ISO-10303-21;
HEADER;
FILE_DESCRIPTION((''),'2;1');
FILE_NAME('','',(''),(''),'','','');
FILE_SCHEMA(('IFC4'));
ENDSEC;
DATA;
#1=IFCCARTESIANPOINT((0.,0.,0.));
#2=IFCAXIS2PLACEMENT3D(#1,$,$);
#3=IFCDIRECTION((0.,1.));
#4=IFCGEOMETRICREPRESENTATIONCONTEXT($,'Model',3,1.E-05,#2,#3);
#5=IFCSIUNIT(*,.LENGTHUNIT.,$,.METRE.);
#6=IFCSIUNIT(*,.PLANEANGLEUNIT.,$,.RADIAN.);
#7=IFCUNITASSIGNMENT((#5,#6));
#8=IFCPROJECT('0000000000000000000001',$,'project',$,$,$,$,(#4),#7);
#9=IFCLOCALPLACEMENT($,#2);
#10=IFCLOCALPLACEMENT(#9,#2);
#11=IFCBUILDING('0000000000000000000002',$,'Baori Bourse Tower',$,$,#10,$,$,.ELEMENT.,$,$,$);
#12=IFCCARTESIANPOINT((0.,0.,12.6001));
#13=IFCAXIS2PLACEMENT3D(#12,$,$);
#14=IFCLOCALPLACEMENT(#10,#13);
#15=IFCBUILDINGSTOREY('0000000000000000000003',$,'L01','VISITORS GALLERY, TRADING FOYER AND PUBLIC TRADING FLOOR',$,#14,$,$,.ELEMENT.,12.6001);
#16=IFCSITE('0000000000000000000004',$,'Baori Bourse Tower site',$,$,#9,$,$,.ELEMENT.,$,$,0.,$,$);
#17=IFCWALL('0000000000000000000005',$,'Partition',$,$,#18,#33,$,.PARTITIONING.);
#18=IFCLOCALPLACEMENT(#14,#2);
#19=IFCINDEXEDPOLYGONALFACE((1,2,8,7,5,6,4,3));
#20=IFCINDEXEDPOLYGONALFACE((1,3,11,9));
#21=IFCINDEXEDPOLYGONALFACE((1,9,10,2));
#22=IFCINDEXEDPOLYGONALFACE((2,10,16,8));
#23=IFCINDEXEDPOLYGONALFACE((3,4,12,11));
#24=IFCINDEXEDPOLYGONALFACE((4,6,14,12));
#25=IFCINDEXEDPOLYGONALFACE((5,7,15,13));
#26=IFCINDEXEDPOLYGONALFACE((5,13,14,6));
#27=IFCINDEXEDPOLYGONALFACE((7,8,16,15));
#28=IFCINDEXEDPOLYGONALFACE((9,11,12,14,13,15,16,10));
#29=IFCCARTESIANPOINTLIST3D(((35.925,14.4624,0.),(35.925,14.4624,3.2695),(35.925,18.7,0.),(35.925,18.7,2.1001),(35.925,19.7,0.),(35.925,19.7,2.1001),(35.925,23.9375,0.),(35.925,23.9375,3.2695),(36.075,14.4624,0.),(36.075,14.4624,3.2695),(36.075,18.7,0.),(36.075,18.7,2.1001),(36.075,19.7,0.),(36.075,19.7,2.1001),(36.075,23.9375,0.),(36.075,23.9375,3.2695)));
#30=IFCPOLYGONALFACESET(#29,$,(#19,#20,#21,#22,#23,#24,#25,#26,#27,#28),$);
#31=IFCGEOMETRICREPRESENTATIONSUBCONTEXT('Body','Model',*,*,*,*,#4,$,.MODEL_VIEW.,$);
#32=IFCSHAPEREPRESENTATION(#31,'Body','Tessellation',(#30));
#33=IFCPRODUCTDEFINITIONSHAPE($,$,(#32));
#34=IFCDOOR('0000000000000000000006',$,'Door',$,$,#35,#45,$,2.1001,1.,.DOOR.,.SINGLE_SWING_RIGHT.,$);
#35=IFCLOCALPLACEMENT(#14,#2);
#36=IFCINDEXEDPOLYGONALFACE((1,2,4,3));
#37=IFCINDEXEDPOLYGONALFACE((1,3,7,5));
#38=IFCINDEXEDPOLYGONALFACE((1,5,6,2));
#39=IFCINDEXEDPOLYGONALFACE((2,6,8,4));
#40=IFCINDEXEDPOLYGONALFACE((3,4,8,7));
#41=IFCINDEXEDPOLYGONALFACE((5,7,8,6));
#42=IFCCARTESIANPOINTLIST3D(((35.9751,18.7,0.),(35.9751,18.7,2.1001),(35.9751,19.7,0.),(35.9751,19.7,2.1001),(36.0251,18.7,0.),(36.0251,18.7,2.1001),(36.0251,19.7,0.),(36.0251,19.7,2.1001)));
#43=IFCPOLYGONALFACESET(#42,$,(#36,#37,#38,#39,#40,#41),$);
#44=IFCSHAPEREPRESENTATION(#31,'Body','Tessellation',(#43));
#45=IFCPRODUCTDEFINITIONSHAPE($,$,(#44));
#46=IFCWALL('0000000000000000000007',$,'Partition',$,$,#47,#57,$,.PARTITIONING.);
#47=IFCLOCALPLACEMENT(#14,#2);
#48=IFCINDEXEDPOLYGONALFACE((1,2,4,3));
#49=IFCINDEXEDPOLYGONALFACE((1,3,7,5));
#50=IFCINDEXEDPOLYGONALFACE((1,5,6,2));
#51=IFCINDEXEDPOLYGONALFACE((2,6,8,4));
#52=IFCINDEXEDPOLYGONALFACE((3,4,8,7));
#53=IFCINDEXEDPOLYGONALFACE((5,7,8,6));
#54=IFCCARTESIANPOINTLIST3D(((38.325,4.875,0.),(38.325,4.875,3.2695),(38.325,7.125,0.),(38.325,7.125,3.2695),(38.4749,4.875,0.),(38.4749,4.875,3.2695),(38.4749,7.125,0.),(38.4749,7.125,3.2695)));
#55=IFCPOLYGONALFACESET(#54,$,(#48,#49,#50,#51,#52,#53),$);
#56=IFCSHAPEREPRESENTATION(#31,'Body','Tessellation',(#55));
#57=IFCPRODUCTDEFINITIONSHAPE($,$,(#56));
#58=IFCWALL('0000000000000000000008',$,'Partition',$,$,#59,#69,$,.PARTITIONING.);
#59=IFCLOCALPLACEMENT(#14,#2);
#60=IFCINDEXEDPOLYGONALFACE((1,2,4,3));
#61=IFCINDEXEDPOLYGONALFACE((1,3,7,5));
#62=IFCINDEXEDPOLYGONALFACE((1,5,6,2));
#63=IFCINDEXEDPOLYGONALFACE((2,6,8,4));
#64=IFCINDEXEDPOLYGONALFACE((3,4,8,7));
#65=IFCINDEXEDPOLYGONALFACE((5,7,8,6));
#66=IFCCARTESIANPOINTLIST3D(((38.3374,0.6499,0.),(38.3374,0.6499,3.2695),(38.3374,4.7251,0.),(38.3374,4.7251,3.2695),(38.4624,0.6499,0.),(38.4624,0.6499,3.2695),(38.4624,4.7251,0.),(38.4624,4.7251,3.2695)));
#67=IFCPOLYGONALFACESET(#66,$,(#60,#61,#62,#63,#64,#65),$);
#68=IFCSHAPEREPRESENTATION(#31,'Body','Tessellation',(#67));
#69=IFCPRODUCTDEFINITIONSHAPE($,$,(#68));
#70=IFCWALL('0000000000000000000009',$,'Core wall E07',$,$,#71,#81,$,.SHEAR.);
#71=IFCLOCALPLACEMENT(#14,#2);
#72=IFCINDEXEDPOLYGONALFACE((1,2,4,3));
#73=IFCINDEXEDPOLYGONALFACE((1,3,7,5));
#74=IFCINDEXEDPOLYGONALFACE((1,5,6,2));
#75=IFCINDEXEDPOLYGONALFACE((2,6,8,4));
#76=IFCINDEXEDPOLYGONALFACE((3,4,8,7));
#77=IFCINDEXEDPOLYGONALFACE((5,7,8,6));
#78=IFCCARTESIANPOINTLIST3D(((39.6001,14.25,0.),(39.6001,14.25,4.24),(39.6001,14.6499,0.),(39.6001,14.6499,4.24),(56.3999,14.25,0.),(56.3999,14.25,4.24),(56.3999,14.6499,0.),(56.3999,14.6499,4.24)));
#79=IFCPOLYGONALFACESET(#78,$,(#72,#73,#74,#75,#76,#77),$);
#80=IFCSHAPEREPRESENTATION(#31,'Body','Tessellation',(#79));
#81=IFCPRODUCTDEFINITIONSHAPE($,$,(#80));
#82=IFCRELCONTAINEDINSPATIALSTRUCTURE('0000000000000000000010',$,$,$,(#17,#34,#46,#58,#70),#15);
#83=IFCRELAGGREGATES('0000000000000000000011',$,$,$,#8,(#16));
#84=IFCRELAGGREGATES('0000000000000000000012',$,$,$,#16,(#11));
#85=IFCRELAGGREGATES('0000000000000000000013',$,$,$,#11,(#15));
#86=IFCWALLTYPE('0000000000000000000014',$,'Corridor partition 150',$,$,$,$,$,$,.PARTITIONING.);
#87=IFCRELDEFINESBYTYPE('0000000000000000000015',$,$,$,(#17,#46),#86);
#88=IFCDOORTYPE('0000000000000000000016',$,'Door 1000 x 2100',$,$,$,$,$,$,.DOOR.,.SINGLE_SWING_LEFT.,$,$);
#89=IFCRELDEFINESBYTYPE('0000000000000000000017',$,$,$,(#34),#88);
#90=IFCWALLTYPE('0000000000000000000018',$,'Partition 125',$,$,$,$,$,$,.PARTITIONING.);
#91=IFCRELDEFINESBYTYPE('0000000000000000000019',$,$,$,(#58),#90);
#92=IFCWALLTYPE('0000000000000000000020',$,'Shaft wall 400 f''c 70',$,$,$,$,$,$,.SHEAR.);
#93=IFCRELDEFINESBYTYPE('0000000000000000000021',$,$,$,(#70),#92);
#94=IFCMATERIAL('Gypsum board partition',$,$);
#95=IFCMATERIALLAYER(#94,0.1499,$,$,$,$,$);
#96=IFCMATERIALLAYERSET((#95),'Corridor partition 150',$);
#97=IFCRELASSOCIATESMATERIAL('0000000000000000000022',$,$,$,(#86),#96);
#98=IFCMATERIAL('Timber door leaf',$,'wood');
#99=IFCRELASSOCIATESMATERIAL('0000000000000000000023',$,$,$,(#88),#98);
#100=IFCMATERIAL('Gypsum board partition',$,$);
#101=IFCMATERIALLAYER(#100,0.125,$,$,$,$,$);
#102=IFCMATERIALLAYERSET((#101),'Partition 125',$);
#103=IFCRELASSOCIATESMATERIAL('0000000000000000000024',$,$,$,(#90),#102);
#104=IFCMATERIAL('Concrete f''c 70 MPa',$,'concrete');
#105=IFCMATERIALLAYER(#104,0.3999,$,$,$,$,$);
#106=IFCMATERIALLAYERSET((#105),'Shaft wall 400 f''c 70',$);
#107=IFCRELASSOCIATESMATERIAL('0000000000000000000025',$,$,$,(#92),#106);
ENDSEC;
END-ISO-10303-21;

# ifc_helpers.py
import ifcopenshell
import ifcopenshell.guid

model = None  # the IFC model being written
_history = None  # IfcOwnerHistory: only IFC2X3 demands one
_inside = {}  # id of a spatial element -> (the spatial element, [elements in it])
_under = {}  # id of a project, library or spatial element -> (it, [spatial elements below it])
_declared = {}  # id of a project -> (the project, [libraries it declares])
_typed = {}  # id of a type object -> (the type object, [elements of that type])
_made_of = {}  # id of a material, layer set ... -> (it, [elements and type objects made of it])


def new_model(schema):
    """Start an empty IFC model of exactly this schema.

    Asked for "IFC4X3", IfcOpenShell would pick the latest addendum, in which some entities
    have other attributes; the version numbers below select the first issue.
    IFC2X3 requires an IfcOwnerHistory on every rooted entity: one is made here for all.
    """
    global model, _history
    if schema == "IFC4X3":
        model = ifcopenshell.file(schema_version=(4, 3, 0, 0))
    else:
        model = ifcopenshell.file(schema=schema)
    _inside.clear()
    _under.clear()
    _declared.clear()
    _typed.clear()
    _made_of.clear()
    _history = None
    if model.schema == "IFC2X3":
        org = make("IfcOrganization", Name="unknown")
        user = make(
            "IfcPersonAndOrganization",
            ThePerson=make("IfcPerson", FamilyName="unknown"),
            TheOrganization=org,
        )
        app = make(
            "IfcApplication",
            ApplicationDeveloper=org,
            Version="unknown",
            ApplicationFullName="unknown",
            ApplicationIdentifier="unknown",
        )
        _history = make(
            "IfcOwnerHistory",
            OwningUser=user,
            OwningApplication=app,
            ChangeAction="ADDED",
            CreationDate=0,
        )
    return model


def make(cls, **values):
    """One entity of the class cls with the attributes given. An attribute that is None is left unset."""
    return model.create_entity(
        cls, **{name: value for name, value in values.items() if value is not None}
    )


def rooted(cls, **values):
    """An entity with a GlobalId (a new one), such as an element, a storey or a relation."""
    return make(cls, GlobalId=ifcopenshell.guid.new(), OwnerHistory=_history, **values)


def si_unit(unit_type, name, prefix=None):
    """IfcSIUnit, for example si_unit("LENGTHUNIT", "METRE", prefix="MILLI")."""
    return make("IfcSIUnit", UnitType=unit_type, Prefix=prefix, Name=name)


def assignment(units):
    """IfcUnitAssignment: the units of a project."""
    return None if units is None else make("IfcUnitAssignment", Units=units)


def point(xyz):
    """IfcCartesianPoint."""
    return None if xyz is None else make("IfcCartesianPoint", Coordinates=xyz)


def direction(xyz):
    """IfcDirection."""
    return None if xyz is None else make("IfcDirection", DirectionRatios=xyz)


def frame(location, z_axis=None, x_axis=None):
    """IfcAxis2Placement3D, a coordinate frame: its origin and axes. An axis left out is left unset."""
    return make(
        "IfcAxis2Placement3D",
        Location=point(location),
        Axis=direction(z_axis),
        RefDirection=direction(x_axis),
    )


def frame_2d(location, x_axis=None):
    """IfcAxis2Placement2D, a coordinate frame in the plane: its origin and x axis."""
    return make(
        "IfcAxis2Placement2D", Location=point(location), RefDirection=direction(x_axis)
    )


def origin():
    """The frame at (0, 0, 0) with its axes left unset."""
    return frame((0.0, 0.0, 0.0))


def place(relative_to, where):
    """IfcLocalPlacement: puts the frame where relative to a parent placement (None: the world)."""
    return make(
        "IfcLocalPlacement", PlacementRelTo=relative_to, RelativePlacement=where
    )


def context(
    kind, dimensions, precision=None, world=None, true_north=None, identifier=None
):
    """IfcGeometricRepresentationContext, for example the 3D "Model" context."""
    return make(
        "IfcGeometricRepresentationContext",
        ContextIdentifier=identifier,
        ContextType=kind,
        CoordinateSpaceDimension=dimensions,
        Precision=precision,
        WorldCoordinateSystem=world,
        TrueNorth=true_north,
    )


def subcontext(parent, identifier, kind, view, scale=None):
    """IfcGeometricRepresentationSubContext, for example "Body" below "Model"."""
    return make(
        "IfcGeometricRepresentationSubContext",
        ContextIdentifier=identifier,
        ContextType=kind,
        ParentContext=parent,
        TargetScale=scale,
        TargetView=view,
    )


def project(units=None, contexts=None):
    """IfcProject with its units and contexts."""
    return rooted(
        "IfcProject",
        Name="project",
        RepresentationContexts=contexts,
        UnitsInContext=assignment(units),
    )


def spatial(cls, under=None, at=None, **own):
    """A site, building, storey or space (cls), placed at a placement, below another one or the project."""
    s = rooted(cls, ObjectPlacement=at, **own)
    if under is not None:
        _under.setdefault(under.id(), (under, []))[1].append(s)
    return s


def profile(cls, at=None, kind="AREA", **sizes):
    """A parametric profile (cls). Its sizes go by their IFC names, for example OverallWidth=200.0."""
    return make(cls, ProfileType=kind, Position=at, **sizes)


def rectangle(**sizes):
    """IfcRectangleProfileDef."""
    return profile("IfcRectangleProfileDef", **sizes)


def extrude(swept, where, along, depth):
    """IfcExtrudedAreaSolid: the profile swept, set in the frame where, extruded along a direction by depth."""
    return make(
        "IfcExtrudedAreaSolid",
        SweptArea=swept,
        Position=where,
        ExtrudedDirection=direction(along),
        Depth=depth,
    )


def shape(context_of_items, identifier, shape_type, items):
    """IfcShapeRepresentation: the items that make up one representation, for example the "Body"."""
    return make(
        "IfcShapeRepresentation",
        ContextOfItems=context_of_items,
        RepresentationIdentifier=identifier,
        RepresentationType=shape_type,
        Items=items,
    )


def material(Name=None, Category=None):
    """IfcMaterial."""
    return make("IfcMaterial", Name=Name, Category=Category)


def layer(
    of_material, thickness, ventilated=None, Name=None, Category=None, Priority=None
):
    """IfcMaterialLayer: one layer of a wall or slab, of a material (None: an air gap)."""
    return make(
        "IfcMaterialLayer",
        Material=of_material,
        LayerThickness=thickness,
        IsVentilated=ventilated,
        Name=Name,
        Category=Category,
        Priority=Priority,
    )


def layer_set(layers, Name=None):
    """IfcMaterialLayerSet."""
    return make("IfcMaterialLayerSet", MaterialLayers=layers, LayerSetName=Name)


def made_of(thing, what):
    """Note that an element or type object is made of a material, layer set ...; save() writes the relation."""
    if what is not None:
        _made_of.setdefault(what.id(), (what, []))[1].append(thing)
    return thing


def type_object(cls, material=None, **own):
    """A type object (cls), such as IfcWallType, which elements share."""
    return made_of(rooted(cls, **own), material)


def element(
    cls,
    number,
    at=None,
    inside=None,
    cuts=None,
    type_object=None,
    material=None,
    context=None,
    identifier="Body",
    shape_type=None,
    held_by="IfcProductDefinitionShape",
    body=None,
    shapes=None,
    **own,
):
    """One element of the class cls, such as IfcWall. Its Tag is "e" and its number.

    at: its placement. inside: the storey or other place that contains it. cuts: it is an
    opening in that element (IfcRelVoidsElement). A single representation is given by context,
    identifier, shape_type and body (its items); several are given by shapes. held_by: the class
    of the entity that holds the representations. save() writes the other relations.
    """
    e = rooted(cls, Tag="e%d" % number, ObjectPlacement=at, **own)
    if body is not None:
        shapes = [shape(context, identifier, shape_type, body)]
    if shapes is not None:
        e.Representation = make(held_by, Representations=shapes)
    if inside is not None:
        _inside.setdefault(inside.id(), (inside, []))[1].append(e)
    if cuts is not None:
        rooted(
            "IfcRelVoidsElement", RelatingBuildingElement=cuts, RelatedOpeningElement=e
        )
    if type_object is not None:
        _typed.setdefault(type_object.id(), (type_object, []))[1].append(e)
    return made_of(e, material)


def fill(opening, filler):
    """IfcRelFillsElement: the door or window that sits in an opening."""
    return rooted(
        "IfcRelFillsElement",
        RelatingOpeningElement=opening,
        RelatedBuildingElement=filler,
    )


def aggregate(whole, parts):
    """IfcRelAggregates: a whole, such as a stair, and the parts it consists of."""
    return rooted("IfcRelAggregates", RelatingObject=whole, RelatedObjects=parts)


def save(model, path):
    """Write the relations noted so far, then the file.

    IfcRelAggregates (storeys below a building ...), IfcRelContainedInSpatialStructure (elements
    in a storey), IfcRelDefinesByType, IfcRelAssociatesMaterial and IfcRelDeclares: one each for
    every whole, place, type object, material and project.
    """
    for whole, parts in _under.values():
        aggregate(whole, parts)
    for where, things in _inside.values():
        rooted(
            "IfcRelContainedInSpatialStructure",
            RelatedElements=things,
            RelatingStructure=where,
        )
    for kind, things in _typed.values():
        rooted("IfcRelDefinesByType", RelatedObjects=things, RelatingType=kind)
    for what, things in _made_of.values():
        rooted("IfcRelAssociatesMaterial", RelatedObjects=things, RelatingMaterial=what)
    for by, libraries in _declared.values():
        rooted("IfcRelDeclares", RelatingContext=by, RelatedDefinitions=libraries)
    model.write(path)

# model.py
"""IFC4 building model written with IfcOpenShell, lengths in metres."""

from ifc_helpers import new_model, si_unit, direction, frame, frame_2d, origin, place, context, subcontext, project, spatial, rectangle, extrude, material, layer, layer_set, type_object, element, fill, save


model = new_model("IFC4")

# Units and contexts
model_context = context("Model", 3, precision=1e-05, world=origin(), true_north=direction((0.0, 1.0)))
body_context = subcontext(model_context, "Body", "Model", "MODEL_VIEW")
ifc_project = project(units=[si_unit("LENGTHUNIT", "METRE"), si_unit("PLANEANGLEUNIT", "RADIAN")], contexts=[model_context])

# Site, building, storey
site_placement = place(None, origin())
site = spatial("IfcSite", under=ifc_project, at=site_placement, Name="Baori Bourse Tower site", CompositionType="ELEMENT", RefElevation=0.0)
building_placement = place(site_placement, origin())
building = spatial("IfcBuilding", under=site, at=building_placement, Name="Baori Bourse Tower", CompositionType="ELEMENT")
storey_placement = place(building_placement, frame((0.0, 0.0, 12.6001)))
storey = spatial("IfcBuildingStorey", under=building, at=storey_placement, Name="L01", Description="VISITORS GALLERY, TRADING FOYER AND PUBLIC TRADING FLOOR", CompositionType="ELEMENT", Elevation=12.6001)

# Wall, opening, door
ifc_material_1 = material(Name="Gypsum board partition")
ifc_layer_1 = layer(ifc_material_1, 0.1499)
ifc_layer_set_1 = layer_set([ifc_layer_1], Name="Corridor partition 150")
wall_type_1 = type_object("IfcWallType", Name="Corridor partition 150", PredefinedType="PARTITIONING", material=ifc_layer_set_1)
ifc_material_2 = material(Name="Timber door leaf", Category="wood")
door_type_1 = type_object("IfcDoorType", Name="Door 1000 x 2100", OperationType="SINGLE_SWING_LEFT", PredefinedType="DOOR", material=ifc_material_2)
wall_1_placement = place(storey_placement, frame((36.0, 14.4624, 0.0), z_axis=(0.0, 0.0, 1.0), x_axis=(0.0, 1.0, 0.0)))
wall_1 = element("IfcWall", 1, at=wall_1_placement, inside=storey, type_object=wall_type_1, Name="Partition", PredefinedType="PARTITIONING", context=body_context, shape_type="SweptSolid", body=[
    extrude(rectangle(XDim=9.4751, YDim=0.1499, at=frame_2d((4.7375, 0.0))), origin(), (0.0, 0.0, 1.0), 3.2695),
])
opening_1_placement = place(wall_1_placement, frame((4.2375, 0.0, 0.0)))
opening_1 = element("IfcOpeningElement", 2, at=opening_1_placement, cuts=wall_1, PredefinedType="OPENING", context=body_context, shape_type="SweptSolid", body=[
    extrude(rectangle(XDim=1.0, YDim=2.1001, at=frame_2d((0.5, 1.05))), frame((0.0, 0.085, 0.0), z_axis=(0.0, -1.0, 0.0), x_axis=(1.0, 0.0, 0.0)), (0.0, 0.0, 1.0), 0.1699),
])
door_1_placement = place(opening_1_placement, origin())
door_1 = element("IfcDoor", 3, at=door_1_placement, inside=storey, type_object=door_type_1, Name="Door", OperationType="SINGLE_SWING_RIGHT", OverallHeight=2.1001, OverallWidth=1.0, PredefinedType="DOOR", context=body_context, shape_type="SweptSolid", body=[
    extrude(rectangle(XDim=1.0, YDim=2.1001, at=frame_2d((0.5, 1.05))), frame((0.0, 0.0249, 0.0), z_axis=(0.0, -1.0, 0.0), x_axis=(1.0, 0.0, 0.0)), (0.0, 0.0, 1.0), 0.05),
])
fill(opening_1, door_1)

# Walls
wall_2_placement = place(storey_placement, frame((38.3999, 4.875, 0.0), z_axis=(0.0, 0.0, 1.0), x_axis=(0.0, 1.0, 0.0)))
element("IfcWall", 4, at=wall_2_placement, inside=storey, type_object=wall_type_1, Name="Partition", PredefinedType="PARTITIONING", context=body_context, shape_type="SweptSolid", body=[
    extrude(rectangle(XDim=2.25, YDim=0.1499, at=frame_2d((1.125, 0.0))), origin(), (0.0, 0.0, 1.0), 3.2695),
])
ifc_material_3 = material(Name="Gypsum board partition")
ifc_layer_2 = layer(ifc_material_3, 0.125)
ifc_layer_set_2 = layer_set([ifc_layer_2], Name="Partition 125")
wall_type_2 = type_object("IfcWallType", Name="Partition 125", PredefinedType="PARTITIONING", material=ifc_layer_set_2)
wall_3_placement = place(storey_placement, frame((38.3999, 0.6499, 0.0), z_axis=(0.0, 0.0, 1.0), x_axis=(0.0, 1.0, 0.0)))
element("IfcWall", 5, at=wall_3_placement, inside=storey, type_object=wall_type_2, Name="Partition", PredefinedType="PARTITIONING", context=body_context, shape_type="SweptSolid", body=[
    extrude(rectangle(XDim=4.0752, YDim=0.125, at=frame_2d((2.0376, 0.0))), origin(), (0.0, 0.0, 1.0), 3.2695),
])
ifc_material_4 = material(Name="Concrete f'c 70 MPa", Category="concrete")
ifc_layer_3 = layer(ifc_material_4, 0.3999)
ifc_layer_set_3 = layer_set([ifc_layer_3], Name="Shaft wall 400 f'c 70")
wall_type_3 = type_object("IfcWallType", Name="Shaft wall 400 f'c 70", PredefinedType="SHEAR", material=ifc_layer_set_3)
wall_4_placement = place(storey_placement, frame((39.6001, 14.45, 0.0), z_axis=(0.0, 0.0, 1.0), x_axis=(1.0, 0.0, 0.0)))
element("IfcWall", 6, at=wall_4_placement, inside=storey, type_object=wall_type_3, Name="Core wall E07", PredefinedType="SHEAR", context=body_context, shape_type="SweptSolid", body=[
    extrude(rectangle(XDim=16.7998, YDim=0.3999, at=frame_2d((8.3999, 0.0))), origin(), (0.0, 0.0, 1.0), 4.24),
])

save(model, "model.ifc")
